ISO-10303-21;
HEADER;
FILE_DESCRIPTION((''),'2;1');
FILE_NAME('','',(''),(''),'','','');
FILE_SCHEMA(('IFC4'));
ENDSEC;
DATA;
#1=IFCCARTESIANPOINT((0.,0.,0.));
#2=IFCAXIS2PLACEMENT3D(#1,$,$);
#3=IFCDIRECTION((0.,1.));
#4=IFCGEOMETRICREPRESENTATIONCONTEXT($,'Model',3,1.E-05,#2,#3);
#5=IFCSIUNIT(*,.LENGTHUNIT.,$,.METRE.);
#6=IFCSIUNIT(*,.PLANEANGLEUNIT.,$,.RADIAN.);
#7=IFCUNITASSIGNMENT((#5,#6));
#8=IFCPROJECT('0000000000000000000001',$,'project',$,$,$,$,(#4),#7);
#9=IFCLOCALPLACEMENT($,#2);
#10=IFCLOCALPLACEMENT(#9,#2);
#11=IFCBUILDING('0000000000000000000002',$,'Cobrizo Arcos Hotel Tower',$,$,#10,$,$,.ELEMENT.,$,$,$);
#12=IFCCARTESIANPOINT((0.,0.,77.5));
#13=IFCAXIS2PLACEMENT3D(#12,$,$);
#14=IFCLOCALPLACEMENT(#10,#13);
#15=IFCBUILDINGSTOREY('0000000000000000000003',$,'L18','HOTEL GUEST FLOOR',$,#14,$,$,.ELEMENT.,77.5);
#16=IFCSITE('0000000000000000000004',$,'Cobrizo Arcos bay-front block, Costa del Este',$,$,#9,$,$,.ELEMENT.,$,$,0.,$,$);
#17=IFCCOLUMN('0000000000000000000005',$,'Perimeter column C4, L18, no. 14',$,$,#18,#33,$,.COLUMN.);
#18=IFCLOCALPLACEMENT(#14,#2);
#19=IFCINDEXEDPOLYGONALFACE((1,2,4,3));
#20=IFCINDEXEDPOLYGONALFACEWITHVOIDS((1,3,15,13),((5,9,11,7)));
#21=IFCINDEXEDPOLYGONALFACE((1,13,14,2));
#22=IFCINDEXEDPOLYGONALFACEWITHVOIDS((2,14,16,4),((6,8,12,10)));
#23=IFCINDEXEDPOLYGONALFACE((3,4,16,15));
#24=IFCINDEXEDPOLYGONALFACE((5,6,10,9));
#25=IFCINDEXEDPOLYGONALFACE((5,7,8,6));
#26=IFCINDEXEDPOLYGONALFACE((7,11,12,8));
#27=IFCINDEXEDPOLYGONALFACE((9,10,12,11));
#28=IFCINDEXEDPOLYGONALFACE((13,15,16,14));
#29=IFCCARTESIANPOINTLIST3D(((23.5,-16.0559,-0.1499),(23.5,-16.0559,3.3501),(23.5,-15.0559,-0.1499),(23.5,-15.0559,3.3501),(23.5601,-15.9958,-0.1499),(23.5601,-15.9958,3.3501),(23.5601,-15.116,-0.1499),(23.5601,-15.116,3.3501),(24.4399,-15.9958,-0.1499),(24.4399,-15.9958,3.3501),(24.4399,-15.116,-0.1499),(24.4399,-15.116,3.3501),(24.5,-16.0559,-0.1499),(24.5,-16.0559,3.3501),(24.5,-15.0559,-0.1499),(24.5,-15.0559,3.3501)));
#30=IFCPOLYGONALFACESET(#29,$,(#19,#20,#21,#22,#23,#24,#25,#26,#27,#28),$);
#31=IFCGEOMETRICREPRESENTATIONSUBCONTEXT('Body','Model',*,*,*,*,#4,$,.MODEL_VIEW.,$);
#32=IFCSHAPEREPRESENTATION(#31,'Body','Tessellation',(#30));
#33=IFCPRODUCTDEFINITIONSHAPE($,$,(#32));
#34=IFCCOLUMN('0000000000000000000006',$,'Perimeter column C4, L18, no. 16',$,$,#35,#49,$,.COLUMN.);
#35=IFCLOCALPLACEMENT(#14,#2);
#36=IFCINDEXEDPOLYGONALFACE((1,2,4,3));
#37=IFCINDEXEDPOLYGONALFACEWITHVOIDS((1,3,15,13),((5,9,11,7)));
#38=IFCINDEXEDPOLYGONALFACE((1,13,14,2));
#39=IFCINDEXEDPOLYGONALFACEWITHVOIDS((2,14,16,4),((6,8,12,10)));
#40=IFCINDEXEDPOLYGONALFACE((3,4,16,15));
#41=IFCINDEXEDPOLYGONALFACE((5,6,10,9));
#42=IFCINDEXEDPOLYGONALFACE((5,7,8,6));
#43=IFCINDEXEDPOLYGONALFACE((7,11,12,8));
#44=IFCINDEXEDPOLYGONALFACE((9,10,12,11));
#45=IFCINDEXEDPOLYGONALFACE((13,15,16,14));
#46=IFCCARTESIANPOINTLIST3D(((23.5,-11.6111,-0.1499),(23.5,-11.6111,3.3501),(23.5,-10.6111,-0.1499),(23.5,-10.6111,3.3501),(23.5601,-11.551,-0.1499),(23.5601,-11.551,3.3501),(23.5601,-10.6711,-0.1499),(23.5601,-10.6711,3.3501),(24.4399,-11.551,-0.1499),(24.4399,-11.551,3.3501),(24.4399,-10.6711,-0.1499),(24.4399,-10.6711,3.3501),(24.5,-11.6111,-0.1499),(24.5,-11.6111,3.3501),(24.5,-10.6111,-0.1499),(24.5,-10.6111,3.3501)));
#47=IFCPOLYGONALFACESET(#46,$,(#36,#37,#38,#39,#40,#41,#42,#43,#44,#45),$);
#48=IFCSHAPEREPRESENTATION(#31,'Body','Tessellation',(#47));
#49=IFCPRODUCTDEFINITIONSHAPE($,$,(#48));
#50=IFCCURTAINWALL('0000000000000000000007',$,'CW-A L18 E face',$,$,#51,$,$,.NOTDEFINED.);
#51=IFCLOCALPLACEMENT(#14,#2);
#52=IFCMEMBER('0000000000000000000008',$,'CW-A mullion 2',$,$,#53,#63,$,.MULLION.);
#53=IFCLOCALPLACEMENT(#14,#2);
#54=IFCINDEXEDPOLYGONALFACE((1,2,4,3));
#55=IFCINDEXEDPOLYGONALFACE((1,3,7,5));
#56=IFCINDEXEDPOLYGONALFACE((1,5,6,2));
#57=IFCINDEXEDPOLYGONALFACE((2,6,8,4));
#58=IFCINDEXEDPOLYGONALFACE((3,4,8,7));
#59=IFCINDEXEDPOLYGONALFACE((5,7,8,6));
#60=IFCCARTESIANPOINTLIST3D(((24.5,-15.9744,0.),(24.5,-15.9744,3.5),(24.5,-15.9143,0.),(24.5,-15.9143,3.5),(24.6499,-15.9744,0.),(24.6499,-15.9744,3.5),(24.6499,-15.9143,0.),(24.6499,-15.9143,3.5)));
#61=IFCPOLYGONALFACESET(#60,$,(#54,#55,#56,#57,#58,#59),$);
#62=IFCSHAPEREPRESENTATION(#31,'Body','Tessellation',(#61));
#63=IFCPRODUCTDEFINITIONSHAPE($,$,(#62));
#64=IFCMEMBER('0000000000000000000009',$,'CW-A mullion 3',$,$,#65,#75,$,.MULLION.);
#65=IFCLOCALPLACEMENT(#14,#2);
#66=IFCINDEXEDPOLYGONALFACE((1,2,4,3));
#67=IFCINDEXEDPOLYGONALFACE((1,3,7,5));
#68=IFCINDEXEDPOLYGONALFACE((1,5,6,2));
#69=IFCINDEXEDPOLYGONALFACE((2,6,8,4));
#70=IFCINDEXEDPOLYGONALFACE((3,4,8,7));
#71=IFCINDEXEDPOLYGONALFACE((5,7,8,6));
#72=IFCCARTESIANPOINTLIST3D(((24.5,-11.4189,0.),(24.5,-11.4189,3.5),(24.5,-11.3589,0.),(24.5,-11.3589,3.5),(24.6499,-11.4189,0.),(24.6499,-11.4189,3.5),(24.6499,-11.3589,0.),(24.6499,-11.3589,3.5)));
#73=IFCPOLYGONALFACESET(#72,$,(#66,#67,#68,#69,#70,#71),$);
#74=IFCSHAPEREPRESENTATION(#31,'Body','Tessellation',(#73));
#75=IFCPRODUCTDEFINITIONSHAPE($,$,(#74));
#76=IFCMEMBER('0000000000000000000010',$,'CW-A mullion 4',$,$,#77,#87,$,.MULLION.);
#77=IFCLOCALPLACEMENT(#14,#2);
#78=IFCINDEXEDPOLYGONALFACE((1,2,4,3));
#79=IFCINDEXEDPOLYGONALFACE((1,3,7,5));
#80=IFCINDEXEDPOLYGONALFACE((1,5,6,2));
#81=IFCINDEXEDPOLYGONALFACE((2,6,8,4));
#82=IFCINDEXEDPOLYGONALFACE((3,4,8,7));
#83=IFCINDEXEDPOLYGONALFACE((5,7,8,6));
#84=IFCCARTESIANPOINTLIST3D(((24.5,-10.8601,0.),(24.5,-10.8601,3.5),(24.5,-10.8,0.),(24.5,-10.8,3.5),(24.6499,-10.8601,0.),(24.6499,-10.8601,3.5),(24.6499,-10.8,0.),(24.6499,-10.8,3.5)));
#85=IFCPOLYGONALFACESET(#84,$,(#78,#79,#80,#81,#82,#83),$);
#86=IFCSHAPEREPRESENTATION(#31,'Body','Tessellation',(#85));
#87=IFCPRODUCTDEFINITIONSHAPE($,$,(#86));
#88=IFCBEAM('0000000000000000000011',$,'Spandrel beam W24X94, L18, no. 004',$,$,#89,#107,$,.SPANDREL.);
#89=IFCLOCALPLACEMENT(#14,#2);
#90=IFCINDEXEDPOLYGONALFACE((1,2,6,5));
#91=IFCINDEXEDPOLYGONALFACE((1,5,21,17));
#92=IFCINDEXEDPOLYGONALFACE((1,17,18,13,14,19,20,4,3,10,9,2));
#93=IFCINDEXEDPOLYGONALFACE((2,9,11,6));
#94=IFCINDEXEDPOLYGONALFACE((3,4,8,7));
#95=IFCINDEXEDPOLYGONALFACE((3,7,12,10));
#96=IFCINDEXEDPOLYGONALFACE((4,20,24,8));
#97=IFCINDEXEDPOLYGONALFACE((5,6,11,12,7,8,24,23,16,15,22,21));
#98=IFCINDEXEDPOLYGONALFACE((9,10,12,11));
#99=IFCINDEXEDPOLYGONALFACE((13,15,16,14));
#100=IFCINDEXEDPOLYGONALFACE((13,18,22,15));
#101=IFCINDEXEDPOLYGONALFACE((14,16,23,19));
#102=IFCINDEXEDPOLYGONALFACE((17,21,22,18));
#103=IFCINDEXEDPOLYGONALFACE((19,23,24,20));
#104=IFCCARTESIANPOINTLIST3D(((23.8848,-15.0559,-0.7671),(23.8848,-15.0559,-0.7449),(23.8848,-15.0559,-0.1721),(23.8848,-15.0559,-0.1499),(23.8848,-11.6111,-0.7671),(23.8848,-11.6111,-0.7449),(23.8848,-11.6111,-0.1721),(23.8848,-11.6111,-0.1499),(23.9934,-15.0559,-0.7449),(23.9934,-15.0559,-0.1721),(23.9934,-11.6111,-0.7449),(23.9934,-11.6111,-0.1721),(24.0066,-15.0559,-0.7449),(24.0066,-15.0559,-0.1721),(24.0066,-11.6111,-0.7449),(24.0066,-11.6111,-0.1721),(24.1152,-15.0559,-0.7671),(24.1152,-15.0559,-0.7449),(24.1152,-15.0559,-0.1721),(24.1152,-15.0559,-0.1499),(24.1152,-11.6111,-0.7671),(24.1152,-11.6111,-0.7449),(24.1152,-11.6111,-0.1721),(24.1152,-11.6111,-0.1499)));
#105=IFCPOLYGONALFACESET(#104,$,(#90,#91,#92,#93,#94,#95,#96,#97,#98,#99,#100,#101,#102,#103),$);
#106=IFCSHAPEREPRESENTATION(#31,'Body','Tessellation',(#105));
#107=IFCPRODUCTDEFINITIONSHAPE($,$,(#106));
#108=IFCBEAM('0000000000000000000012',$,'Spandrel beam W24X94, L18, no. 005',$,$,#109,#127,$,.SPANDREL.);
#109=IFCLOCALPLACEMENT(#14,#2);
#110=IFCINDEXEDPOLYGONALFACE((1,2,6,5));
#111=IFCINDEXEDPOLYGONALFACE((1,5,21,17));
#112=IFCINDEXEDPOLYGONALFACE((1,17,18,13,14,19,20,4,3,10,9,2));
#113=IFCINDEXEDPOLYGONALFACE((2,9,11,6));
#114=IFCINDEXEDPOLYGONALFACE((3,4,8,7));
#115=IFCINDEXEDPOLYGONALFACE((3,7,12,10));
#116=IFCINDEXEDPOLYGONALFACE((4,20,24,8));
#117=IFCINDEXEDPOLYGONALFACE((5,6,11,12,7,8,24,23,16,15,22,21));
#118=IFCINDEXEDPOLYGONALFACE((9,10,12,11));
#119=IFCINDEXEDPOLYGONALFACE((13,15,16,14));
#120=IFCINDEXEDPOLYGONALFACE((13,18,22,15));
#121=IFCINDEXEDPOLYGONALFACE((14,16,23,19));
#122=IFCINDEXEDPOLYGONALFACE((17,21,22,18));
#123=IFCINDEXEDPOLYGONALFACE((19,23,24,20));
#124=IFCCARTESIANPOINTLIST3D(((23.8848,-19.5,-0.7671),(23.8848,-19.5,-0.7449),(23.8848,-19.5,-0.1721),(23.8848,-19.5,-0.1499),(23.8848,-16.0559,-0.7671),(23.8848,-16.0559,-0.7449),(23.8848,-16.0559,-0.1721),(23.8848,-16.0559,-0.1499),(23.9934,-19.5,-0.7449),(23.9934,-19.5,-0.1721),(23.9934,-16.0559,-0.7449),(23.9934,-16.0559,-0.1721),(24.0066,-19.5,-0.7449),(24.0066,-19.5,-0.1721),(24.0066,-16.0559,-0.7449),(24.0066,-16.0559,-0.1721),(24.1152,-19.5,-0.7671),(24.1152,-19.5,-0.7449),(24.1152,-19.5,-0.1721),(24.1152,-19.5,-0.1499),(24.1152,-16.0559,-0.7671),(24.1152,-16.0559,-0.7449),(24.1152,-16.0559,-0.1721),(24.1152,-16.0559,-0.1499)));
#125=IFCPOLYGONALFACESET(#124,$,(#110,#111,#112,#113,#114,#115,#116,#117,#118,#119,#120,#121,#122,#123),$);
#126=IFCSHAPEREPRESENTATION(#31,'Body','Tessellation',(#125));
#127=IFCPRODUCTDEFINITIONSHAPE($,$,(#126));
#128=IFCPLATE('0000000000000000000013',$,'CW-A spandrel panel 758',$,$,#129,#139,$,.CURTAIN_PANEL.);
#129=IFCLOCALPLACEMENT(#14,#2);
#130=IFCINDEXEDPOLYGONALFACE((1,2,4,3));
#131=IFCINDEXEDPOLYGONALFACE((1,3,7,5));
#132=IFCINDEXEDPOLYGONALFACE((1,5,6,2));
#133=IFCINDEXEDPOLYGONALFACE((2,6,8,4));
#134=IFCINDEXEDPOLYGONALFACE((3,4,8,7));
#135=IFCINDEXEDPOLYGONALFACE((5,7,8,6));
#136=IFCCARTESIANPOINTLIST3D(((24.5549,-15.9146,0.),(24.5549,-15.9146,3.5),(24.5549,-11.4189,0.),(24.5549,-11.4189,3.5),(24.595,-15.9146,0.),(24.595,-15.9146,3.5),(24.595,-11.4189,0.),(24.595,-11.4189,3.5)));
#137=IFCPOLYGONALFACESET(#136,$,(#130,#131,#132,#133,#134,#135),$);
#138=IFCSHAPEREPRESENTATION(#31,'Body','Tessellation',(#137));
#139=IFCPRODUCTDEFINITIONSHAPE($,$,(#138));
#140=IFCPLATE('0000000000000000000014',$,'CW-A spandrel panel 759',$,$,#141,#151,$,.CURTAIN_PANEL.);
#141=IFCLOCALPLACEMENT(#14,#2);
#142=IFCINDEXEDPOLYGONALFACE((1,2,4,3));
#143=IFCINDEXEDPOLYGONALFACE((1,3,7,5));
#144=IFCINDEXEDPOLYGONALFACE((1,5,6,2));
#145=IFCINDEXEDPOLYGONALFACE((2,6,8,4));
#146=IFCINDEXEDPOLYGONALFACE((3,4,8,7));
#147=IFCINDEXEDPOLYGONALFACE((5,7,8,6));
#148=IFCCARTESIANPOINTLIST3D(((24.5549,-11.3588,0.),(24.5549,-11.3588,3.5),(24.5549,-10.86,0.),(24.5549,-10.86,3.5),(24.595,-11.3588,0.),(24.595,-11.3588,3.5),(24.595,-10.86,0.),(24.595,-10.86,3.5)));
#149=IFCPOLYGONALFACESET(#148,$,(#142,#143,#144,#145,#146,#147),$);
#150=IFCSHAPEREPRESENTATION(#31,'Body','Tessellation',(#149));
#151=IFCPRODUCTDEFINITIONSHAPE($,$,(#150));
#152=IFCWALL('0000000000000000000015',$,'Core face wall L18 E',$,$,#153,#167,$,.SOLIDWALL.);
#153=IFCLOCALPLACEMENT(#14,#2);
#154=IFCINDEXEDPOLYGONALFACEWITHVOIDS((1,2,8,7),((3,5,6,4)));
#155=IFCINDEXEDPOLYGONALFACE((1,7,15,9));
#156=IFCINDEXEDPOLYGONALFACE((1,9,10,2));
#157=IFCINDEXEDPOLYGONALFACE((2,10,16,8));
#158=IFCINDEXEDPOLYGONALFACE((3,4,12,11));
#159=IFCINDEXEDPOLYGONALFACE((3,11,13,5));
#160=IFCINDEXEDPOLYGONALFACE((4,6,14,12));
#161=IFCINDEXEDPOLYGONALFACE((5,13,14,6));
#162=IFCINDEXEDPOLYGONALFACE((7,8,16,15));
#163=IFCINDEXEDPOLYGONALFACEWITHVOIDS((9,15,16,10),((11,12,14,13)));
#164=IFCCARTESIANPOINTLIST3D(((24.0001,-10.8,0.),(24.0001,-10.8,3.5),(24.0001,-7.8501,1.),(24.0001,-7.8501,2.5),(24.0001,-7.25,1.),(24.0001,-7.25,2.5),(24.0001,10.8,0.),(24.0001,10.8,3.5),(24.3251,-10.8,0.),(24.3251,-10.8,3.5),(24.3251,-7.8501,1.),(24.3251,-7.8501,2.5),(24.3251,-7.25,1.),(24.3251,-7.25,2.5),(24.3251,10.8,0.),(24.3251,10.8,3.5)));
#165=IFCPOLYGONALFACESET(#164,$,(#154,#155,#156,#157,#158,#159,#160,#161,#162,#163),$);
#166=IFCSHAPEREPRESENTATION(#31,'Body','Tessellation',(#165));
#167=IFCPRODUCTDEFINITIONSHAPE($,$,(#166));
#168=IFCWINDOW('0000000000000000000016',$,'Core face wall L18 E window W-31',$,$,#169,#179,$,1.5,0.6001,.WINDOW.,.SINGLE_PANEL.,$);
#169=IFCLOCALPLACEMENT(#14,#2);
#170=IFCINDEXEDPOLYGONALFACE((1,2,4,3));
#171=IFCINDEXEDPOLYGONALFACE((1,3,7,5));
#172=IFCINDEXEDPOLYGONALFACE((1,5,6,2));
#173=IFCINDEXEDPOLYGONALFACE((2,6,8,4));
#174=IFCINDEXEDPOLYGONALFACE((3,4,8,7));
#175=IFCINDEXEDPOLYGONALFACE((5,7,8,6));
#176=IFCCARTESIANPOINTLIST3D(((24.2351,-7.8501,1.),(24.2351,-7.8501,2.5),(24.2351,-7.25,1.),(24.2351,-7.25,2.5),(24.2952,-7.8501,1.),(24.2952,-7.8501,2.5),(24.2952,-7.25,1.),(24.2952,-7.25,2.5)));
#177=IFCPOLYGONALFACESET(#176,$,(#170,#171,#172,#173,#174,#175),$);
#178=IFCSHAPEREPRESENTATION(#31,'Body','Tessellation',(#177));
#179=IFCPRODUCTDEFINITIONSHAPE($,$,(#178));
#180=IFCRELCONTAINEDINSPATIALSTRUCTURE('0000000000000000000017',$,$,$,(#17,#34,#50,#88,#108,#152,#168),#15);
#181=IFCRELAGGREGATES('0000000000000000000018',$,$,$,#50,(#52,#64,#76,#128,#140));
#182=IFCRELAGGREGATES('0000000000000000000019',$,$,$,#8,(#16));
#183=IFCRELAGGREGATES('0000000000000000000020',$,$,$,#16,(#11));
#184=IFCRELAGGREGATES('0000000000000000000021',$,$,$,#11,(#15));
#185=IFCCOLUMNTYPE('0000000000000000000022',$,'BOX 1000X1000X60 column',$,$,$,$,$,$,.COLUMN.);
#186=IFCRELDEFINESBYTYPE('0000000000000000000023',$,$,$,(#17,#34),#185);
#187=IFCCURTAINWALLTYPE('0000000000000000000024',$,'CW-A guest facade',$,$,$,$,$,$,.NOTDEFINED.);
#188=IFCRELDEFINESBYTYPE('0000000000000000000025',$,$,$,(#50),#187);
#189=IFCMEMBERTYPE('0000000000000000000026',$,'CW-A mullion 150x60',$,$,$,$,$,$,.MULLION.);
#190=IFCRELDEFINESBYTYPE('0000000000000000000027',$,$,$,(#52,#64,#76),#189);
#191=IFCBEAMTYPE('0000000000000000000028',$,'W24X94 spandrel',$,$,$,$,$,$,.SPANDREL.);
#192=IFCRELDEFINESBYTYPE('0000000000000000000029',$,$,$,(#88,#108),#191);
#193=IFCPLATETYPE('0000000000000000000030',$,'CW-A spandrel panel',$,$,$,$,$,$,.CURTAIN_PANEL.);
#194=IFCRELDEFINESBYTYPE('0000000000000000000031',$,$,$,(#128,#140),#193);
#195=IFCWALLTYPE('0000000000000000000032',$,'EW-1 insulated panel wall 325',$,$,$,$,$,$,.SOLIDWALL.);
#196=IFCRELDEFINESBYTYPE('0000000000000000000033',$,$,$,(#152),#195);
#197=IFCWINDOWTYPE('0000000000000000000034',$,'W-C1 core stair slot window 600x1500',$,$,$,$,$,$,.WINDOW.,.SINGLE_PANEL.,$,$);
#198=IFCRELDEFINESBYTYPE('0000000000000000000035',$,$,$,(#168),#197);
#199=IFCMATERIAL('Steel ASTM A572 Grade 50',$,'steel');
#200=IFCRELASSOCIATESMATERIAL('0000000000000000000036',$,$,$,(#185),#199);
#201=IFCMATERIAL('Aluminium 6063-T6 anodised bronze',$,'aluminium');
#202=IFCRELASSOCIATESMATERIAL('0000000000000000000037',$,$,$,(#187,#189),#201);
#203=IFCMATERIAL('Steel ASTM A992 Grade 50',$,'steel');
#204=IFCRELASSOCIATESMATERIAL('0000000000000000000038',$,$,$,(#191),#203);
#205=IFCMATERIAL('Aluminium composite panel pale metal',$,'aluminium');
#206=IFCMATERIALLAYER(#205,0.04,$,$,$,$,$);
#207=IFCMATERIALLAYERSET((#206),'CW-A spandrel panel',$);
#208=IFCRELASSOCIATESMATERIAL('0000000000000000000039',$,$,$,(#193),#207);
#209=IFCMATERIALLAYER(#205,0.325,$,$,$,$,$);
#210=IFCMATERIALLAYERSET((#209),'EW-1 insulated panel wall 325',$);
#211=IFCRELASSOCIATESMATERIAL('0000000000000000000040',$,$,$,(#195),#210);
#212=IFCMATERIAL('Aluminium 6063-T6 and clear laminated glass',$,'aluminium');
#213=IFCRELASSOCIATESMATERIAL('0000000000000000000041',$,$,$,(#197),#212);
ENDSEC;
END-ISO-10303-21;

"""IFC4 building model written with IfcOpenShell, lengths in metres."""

from ifc_helpers import new_model, si_unit, direction, frame, frame_2d, origin, origin_2d, place, context, subcontext, project, spatial, rectangle, hollow_rectangle, i_section, extrude, material, layer, layer_set, material_profile, profile_set, type_object, element, fill, aggregate, save


model = new_model("IFC4")

# Units and contexts
model_context = context("Model", 3, precision=1e-05, world=origin(), true_north=direction((0.0, 1.0)))
body_context = subcontext(model_context, "Body", "Model", "MODEL_VIEW")
ifc_project = project(units=[si_unit("LENGTHUNIT", "METRE"), si_unit("PLANEANGLEUNIT", "RADIAN")], contexts=[model_context])

# Site, building, storey
site_placement = place(None, origin())
site = spatial("IfcSite", under=ifc_project, at=site_placement, Name="Cobrizo Arcos bay-front block, Costa del Este", CompositionType="ELEMENT", RefElevation=0.0)
building_placement = place(site_placement, origin())
building = spatial("IfcBuilding", under=site, at=building_placement, Name="Cobrizo Arcos Hotel Tower", CompositionType="ELEMENT")
storey_placement = place(building_placement, frame((0.0, 0.0, 77.5)))
storey = spatial("IfcBuildingStorey", under=building, at=storey_placement, Name="L18", Description="HOTEL GUEST FLOOR", CompositionType="ELEMENT", Elevation=77.5)

# Columns
ifc_material_1 = material(Name="Steel ASTM A572 Grade 50", Category="steel")
ifc_material_profile_1 = material_profile(ifc_material_1, hollow_rectangle(XDim=1.0, YDim=1.0, WallThickness=0.0601, at=origin_2d()), Name="BOX 1000X1000X60")
ifc_profile_set_1 = profile_set([ifc_material_profile_1], Name="Steel ASTM A572 Grade 50")
column_type = type_object("IfcColumnType", Name="BOX 1000X1000X60 column", PredefinedType="COLUMN", material=ifc_profile_set_1)
for number, where, z_axis, x_axis, name in (
    (1, (24.0, -15.5559, -0.1499), (0.0, 0.0, 1.0), (1.0, 0.0, 0.0), "Perimeter column C4, L18, no. 14"),
    (2, (24.0, -11.1111, -0.1499), (0.0, 0.0, 1.0), (1.0, 0.0, 0.0), "Perimeter column C4, L18, no. 16"),
):
    element("IfcColumn", number, at=place(storey_placement, frame(where, z_axis=z_axis, x_axis=x_axis)), inside=storey, type_object=column_type, Name=name, PredefinedType="COLUMN", context=body_context, shape_type="SweptSolid", body=[
        extrude(hollow_rectangle(XDim=1.0, YDim=1.0, WallThickness=0.0601, at=origin_2d()), origin(), (0.0, 0.0, 1.0), 3.5),
    ])

# Curtain wall, members
ifc_material_2 = material(Name="Aluminium 6063-T6 anodised bronze", Category="aluminium")
curtain_wall_type = type_object("IfcCurtainWallType", Name="CW-A guest facade", PredefinedType="NOTDEFINED", material=ifc_material_2)
curtain_wall_placement = place(storey_placement, origin())
curtain_wall = element("IfcCurtainWall", 3, at=curtain_wall_placement, inside=storey, type_object=curtain_wall_type, Name="CW-A L18 E face", PredefinedType="NOTDEFINED")
ifc_material_profile_2 = material_profile(ifc_material_2, rectangle(XDim=0.1499, YDim=0.0601, at=origin_2d()), Name="CW-A mullion 150x60")
ifc_profile_set_2 = profile_set([ifc_material_profile_2], Name="Aluminium 6063-T6 anodised bronze")
member_type = type_object("IfcMemberType", Name="CW-A mullion 150x60", PredefinedType="MULLION", material=ifc_profile_set_2)
member_1_placement = place(storey_placement, frame((24.575, -15.9443, 0.0), z_axis=(0.0, 0.0, 1.0), x_axis=(1.0, 0.0, 0.0)))
member_1 = element("IfcMember", 4, at=member_1_placement, type_object=member_type, Name="CW-A mullion 2", PredefinedType="MULLION", context=body_context, shape_type="SweptSolid", body=[
    extrude(rectangle(XDim=0.1499, YDim=0.0601, at=origin_2d()), origin(), (0.0, 0.0, 1.0), 3.5),
])
member_2_placement = place(storey_placement, frame((24.575, -11.3889, 0.0), z_axis=(0.0, 0.0, 1.0), x_axis=(1.0, 0.0, 0.0)))
member_2 = element("IfcMember", 5, at=member_2_placement, type_object=member_type, Name="CW-A mullion 3", PredefinedType="MULLION", context=body_context, shape_type="SweptSolid", body=[
    extrude(rectangle(XDim=0.1499, YDim=0.0601, at=origin_2d()), origin(), (0.0, 0.0, 1.0), 3.5),
])
member_3_placement = place(storey_placement, frame((24.575, -10.8301, 0.0), z_axis=(0.0, 0.0, 1.0), x_axis=(1.0, 0.0, 0.0)))
member_3 = element("IfcMember", 6, at=member_3_placement, type_object=member_type, Name="CW-A mullion 4", PredefinedType="MULLION", context=body_context, shape_type="SweptSolid", body=[
    extrude(rectangle(XDim=0.1499, YDim=0.0601, at=origin_2d()), origin(), (0.0, 0.0, 1.0), 3.5),
])

# Beams
ifc_material_3 = material(Name="Steel ASTM A992 Grade 50", Category="steel")
ifc_material_profile_3 = material_profile(ifc_material_3, i_section(OverallWidth=0.2305, OverallDepth=0.6172, WebThickness=0.0132, FlangeThickness=0.0222, at=origin_2d()), Name="W24X94")
ifc_profile_set_3 = profile_set([ifc_material_profile_3], Name="Steel ASTM A992 Grade 50")
beam_type = type_object("IfcBeamType", Name="W24X94 spandrel", PredefinedType="SPANDREL", material=ifc_profile_set_3)
beam_1_placement = place(storey_placement, frame((24.0, -11.6111, -0.4585), z_axis=(0.0, -1.0, 0.0), x_axis=(1.0, 0.0, 0.0)))
element("IfcBeam", 7, at=beam_1_placement, inside=storey, type_object=beam_type, Name="Spandrel beam W24X94, L18, no. 004", PredefinedType="SPANDREL", context=body_context, shape_type="SweptSolid", body=[
    extrude(i_section(OverallWidth=0.2305, OverallDepth=0.6172, WebThickness=0.0132, FlangeThickness=0.0222, at=origin_2d()), origin(), (0.0, 0.0, 1.0), 3.4448),
])
beam_2_placement = place(storey_placement, frame((24.0, -16.0559, -0.4585), z_axis=(0.0, -1.0, 0.0), x_axis=(1.0, 0.0, 0.0)))
element("IfcBeam", 8, at=beam_2_placement, inside=storey, type_object=beam_type, Name="Spandrel beam W24X94, L18, no. 005", PredefinedType="SPANDREL", context=body_context, shape_type="SweptSolid", body=[
    extrude(i_section(OverallWidth=0.2305, OverallDepth=0.6172, WebThickness=0.0132, FlangeThickness=0.0222, at=origin_2d()), origin(), (0.0, 0.0, 1.0), 3.4441),
])

# Plates
ifc_material_4 = material(Name="Aluminium composite panel pale metal", Category="aluminium")
ifc_layer_1 = layer(ifc_material_4, 0.04)
ifc_layer_set_1 = layer_set([ifc_layer_1], Name="CW-A spandrel panel")
plate_type = type_object("IfcPlateType", Name="CW-A spandrel panel", PredefinedType="CURTAIN_PANEL", material=ifc_layer_set_1)
plate_1_placement = place(storey_placement, frame((24.575, -13.6667, 0.0), z_axis=(0.0, 0.0, 1.0), x_axis=(0.0, 1.0, 0.0)))
plate_1 = element("IfcPlate", 9, at=plate_1_placement, type_object=plate_type, Name="CW-A spandrel panel 758", PredefinedType="CURTAIN_PANEL", context=body_context, shape_type="SweptSolid", body=[
    extrude(rectangle(XDim=4.4956, YDim=0.04, at=origin_2d()), origin(), (0.0, 0.0, 1.0), 3.5),
])
plate_2_placement = place(storey_placement, frame((24.575, -11.1094, 0.0), z_axis=(0.0, 0.0, 1.0), x_axis=(0.0, 1.0, 0.0)))
plate_2 = element("IfcPlate", 10, at=plate_2_placement, type_object=plate_type, Name="CW-A spandrel panel 759", PredefinedType="CURTAIN_PANEL", context=body_context, shape_type="SweptSolid", body=[
    extrude(rectangle(XDim=0.4988, YDim=0.04, at=origin_2d()), origin(), (0.0, 0.0, 1.0), 3.5),
])
aggregate(curtain_wall, [member_1, member_2, member_3, plate_1, plate_2])

# Wall, opening, window
ifc_layer_2 = layer(ifc_material_4, 0.325)
ifc_layer_set_2 = layer_set([ifc_layer_2], Name="EW-1 insulated panel wall 325")
wall_type_1 = type_object("IfcWallType", Name="EW-1 insulated panel wall 325", PredefinedType="SOLIDWALL", material=ifc_layer_set_2)
wall_1_placement = place(storey_placement, frame((24.1626, -10.8, 0.0), z_axis=(0.0, 0.0, 1.0), x_axis=(0.0, 1.0, 0.0)))
wall_1 = element("IfcWall", 11, at=wall_1_placement, inside=storey, type_object=wall_type_1, Name="Core face wall L18 E", PredefinedType="SOLIDWALL", context=body_context, shape_type="SweptSolid", body=[
    extrude(rectangle(XDim=21.6001, YDim=0.325, at=frame_2d((10.8, 0.0))), origin(), (0.0, 0.0, 1.0), 3.5),
])
opening_1_placement = place(wall_1_placement, frame((2.95, 0.0, 1.0)))
opening_1 = element("IfcOpeningElement", 12, at=opening_1_placement, cuts=wall_1, PredefinedType="OPENING", context=body_context, shape_type="SweptSolid", body=[
    extrude(rectangle(XDim=0.6001, YDim=1.5, at=frame_2d((0.3, 0.75))), frame((0.0, 0.1746, 0.0), z_axis=(0.0, -1.0, 0.0), x_axis=(1.0, 0.0, 0.0)), (0.0, 0.0, 1.0), 0.3489),
])
ifc_material_5 = material(Name="Aluminium 6063-T6 and clear laminated glass", Category="aluminium")
window_type = type_object("IfcWindowType", Name="W-C1 core stair slot window 600x1500", PartitioningType="SINGLE_PANEL", PredefinedType="WINDOW", material=ifc_material_5)
window_placement = place(opening_1_placement, origin())
window = element("IfcWindow", 13, at=window_placement, inside=storey, type_object=window_type, Name="Core face wall L18 E window W-31", OverallHeight=1.5, OverallWidth=0.6001, PartitioningType="SINGLE_PANEL", PredefinedType="WINDOW", context=body_context, shape_type="SweptSolid", body=[
    extrude(rectangle(XDim=0.6001, YDim=1.5, at=frame_2d((0.3, 0.75))), frame((0.0, -0.0725, 0.0), z_axis=(0.0, -1.0, 0.0), x_axis=(1.0, 0.0, 0.0)), (0.0, 0.0, 1.0), 0.0601),
])
fill(opening_1, window)

save(model, "model.ifc")
